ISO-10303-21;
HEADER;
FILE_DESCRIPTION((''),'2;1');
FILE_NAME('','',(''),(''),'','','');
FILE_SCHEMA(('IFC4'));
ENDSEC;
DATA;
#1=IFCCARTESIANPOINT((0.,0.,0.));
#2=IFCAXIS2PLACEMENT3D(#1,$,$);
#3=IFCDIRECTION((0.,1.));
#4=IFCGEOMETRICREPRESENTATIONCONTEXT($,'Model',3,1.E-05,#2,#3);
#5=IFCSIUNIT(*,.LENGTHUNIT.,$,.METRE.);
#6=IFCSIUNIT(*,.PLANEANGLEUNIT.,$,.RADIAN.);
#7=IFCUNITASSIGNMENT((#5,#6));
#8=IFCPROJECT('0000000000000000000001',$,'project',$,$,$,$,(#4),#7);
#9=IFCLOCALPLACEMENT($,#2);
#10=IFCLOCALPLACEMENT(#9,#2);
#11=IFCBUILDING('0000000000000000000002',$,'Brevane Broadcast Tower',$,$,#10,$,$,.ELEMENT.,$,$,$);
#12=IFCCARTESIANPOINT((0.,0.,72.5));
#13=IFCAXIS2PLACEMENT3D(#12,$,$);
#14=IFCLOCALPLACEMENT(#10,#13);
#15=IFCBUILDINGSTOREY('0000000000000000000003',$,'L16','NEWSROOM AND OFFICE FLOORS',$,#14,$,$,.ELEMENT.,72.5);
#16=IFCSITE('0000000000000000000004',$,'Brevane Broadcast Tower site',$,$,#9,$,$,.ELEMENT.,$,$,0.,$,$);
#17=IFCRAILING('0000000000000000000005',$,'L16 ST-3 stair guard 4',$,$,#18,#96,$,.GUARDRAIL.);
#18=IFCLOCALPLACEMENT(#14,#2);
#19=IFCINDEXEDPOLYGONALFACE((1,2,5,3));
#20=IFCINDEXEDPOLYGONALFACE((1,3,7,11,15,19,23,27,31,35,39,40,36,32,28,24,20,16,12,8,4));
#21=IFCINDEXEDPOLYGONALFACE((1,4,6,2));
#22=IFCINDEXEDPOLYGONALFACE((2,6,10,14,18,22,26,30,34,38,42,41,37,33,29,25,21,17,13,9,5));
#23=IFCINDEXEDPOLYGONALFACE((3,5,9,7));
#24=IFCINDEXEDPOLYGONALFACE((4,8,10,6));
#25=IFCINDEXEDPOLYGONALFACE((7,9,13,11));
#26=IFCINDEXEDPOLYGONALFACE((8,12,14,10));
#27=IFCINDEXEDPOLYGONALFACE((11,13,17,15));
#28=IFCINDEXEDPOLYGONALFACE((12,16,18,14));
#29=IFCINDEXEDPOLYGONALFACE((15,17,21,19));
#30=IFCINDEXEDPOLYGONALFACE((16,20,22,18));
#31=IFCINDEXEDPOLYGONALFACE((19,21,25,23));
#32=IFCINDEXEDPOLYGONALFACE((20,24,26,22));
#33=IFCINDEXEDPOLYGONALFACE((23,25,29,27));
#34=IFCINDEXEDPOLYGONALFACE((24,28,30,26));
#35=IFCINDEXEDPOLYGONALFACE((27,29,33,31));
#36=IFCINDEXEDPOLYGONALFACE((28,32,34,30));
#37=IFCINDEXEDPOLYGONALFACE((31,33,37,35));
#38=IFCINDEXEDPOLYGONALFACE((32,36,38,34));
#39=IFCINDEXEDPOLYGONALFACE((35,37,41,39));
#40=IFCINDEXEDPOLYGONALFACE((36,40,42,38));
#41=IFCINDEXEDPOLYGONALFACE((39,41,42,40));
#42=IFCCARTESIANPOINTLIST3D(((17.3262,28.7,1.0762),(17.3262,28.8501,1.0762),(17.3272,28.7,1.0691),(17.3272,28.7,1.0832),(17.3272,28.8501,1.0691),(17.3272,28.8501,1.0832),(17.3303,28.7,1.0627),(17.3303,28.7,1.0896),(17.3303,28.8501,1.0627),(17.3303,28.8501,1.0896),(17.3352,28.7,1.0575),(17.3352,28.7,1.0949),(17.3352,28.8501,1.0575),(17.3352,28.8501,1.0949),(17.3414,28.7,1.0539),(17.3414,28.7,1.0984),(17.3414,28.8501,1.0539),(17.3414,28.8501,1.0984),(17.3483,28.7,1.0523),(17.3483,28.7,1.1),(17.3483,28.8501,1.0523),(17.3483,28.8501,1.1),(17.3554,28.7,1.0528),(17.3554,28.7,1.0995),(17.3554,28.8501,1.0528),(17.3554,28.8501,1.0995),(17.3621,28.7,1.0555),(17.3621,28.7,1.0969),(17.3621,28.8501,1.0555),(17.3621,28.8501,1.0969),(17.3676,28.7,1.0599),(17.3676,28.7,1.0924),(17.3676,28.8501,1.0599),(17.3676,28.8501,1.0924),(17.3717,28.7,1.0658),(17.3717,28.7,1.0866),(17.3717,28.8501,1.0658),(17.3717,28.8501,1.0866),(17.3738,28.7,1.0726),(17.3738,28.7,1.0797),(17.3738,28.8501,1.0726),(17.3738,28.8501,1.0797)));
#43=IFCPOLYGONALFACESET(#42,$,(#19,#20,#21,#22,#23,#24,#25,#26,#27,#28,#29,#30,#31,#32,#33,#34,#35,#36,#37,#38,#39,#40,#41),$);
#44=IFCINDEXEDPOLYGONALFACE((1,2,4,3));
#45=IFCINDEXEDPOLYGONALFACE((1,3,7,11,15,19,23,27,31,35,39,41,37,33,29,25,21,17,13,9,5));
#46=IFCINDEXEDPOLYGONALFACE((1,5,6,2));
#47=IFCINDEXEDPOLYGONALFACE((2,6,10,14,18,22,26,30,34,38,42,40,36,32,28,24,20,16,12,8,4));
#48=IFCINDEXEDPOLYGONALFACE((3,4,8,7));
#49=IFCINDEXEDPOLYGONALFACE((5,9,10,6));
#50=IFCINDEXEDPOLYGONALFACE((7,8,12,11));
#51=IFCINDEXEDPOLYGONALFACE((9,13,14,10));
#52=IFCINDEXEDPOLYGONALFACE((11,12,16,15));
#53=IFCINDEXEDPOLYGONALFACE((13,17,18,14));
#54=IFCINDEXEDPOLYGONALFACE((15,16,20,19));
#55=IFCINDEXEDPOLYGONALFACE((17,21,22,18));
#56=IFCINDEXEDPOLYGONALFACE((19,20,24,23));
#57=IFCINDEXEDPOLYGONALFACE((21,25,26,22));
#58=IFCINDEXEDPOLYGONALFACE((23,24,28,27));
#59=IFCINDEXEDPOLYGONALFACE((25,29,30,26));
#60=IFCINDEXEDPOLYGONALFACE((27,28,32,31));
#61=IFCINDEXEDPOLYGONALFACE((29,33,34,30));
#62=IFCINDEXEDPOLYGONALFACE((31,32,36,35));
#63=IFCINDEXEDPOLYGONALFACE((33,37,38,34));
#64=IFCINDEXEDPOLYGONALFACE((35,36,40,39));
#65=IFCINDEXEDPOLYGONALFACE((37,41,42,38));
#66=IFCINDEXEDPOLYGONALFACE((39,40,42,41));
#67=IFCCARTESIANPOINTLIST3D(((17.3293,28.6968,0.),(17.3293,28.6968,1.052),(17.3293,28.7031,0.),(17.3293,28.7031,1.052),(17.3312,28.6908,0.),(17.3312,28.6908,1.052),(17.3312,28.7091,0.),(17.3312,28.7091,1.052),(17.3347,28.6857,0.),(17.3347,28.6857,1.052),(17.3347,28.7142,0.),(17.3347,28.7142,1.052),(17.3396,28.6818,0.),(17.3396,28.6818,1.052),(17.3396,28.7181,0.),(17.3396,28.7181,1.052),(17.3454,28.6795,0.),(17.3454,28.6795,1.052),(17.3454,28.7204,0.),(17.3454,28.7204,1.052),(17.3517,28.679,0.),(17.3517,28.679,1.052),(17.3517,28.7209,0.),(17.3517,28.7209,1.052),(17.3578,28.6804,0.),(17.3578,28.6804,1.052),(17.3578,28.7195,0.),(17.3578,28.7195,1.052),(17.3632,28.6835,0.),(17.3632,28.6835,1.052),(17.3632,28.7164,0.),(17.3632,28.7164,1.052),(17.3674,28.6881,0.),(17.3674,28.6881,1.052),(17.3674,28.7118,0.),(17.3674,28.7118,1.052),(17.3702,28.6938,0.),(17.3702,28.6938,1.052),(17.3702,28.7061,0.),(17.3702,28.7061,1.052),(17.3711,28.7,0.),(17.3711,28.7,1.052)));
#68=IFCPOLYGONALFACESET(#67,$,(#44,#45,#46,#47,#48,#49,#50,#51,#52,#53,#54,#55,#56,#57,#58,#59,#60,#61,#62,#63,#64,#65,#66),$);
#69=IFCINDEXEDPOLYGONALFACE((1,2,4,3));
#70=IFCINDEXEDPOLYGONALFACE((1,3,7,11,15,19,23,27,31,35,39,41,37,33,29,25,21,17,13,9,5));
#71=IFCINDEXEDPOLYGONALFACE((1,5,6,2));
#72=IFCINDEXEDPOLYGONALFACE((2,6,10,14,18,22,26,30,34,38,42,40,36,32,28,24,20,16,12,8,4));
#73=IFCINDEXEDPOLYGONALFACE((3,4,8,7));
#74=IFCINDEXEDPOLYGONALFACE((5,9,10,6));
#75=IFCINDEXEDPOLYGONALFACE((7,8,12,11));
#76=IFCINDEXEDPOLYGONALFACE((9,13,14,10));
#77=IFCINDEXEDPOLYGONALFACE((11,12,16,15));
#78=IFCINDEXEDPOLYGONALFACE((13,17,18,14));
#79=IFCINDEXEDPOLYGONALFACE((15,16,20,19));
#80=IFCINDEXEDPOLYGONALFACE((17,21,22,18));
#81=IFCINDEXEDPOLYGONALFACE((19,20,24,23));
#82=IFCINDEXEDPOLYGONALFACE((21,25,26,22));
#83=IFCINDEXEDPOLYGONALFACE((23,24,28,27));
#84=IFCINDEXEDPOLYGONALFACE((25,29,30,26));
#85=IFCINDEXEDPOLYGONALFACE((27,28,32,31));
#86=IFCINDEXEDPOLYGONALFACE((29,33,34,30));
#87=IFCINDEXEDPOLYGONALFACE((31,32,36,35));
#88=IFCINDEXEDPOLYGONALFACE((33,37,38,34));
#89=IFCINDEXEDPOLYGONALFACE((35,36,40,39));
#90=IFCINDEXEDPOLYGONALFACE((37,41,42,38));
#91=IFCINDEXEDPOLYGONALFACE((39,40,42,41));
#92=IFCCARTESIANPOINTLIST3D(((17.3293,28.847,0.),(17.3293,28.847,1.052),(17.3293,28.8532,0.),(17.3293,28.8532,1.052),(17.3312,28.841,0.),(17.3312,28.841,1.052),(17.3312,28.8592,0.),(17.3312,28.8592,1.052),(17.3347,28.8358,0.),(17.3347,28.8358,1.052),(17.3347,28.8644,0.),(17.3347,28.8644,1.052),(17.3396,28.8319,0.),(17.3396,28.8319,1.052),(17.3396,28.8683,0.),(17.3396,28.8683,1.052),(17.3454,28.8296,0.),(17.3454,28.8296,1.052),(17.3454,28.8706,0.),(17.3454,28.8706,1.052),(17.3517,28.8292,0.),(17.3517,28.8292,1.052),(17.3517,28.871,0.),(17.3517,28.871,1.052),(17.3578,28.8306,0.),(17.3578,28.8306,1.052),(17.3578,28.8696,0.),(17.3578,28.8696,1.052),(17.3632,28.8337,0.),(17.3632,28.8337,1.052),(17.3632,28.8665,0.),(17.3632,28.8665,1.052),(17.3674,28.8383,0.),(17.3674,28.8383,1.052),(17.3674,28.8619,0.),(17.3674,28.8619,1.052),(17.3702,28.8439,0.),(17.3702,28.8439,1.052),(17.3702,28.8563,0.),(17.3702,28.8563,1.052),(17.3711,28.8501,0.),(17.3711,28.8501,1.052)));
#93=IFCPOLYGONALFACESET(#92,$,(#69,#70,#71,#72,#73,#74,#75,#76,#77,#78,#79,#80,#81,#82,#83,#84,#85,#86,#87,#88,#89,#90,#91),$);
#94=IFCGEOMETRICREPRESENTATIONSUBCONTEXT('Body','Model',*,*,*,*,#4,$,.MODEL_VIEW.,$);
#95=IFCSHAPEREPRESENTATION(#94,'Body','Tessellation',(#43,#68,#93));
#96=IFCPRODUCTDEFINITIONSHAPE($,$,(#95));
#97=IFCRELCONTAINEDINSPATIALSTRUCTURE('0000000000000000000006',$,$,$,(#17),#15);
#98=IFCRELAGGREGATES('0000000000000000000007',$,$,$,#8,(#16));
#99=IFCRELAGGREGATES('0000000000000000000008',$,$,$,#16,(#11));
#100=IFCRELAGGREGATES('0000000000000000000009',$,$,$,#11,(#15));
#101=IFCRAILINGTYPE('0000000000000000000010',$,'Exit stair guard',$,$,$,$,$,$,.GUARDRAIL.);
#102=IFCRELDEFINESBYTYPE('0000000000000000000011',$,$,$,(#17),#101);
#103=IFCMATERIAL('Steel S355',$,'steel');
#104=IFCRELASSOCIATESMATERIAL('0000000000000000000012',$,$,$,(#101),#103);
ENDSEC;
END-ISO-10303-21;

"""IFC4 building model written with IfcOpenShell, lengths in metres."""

from ifc_helpers import new_model, si_unit, direction, frame, origin, origin_2d, place, context, subcontext, project, spatial, circle, extrude, material, type_object, element, save


model = new_model("IFC4")

# Units and contexts
model_context = context("Model", 3, precision=1e-05, world=origin(), true_north=direction((0.0, 1.0)))
body_context = subcontext(model_context, "Body", "Model", "MODEL_VIEW")
ifc_project = project(units=[si_unit("LENGTHUNIT", "METRE"), si_unit("PLANEANGLEUNIT", "RADIAN")], contexts=[model_context])

# Site, building, storey
site_placement = place(None, origin())
site = spatial("IfcSite", under=ifc_project, at=site_placement, Name="Brevane Broadcast Tower site", CompositionType="ELEMENT", RefElevation=0.0)
building_placement = place(site_placement, origin())
building = spatial("IfcBuilding", under=site, at=building_placement, Name="Brevane Broadcast Tower", CompositionType="ELEMENT")
storey_placement = place(building_placement, frame((0.0, 0.0, 72.5)))
storey = spatial("IfcBuildingStorey", under=building, at=storey_placement, Name="L16", Description="NEWSROOM AND OFFICE FLOORS", CompositionType="ELEMENT", Elevation=72.5)

# Railing
ifc_material_1 = material(Name="Steel S355", Category="steel")
railing_type_1 = type_object("IfcRailingType", Name="Exit stair guard", PredefinedType="GUARDRAIL", material=ifc_material_1)
railing_1_placement = place(storey_placement, frame((17.3501, 28.7, 0.0)))
element("IfcRailing", 1, at=railing_1_placement, inside=storey, type_object=railing_type_1, Name="L16 ST-3 stair guard 4", PredefinedType="GUARDRAIL", context=body_context, shape_type="SweptSolid", body=[
    extrude(circle(Radius=0.0239, at=origin_2d()), frame((0.0, 0.0, 1.0762), z_axis=(0.0, 1.0, 0.0), x_axis=(-1.0, 0.0, 0.0)), (0.0, 0.0, 1.0), 0.1501),
    extrude(circle(Radius=0.021, at=origin_2d()), origin(), (0.0, 0.0, 1.0), 1.052),
    extrude(circle(Radius=0.021, at=origin_2d()), frame((0.0, 0.1501, 0.0)), (0.0, 0.0, 1.0), 1.052),
])

save(model, "model.ifc")
